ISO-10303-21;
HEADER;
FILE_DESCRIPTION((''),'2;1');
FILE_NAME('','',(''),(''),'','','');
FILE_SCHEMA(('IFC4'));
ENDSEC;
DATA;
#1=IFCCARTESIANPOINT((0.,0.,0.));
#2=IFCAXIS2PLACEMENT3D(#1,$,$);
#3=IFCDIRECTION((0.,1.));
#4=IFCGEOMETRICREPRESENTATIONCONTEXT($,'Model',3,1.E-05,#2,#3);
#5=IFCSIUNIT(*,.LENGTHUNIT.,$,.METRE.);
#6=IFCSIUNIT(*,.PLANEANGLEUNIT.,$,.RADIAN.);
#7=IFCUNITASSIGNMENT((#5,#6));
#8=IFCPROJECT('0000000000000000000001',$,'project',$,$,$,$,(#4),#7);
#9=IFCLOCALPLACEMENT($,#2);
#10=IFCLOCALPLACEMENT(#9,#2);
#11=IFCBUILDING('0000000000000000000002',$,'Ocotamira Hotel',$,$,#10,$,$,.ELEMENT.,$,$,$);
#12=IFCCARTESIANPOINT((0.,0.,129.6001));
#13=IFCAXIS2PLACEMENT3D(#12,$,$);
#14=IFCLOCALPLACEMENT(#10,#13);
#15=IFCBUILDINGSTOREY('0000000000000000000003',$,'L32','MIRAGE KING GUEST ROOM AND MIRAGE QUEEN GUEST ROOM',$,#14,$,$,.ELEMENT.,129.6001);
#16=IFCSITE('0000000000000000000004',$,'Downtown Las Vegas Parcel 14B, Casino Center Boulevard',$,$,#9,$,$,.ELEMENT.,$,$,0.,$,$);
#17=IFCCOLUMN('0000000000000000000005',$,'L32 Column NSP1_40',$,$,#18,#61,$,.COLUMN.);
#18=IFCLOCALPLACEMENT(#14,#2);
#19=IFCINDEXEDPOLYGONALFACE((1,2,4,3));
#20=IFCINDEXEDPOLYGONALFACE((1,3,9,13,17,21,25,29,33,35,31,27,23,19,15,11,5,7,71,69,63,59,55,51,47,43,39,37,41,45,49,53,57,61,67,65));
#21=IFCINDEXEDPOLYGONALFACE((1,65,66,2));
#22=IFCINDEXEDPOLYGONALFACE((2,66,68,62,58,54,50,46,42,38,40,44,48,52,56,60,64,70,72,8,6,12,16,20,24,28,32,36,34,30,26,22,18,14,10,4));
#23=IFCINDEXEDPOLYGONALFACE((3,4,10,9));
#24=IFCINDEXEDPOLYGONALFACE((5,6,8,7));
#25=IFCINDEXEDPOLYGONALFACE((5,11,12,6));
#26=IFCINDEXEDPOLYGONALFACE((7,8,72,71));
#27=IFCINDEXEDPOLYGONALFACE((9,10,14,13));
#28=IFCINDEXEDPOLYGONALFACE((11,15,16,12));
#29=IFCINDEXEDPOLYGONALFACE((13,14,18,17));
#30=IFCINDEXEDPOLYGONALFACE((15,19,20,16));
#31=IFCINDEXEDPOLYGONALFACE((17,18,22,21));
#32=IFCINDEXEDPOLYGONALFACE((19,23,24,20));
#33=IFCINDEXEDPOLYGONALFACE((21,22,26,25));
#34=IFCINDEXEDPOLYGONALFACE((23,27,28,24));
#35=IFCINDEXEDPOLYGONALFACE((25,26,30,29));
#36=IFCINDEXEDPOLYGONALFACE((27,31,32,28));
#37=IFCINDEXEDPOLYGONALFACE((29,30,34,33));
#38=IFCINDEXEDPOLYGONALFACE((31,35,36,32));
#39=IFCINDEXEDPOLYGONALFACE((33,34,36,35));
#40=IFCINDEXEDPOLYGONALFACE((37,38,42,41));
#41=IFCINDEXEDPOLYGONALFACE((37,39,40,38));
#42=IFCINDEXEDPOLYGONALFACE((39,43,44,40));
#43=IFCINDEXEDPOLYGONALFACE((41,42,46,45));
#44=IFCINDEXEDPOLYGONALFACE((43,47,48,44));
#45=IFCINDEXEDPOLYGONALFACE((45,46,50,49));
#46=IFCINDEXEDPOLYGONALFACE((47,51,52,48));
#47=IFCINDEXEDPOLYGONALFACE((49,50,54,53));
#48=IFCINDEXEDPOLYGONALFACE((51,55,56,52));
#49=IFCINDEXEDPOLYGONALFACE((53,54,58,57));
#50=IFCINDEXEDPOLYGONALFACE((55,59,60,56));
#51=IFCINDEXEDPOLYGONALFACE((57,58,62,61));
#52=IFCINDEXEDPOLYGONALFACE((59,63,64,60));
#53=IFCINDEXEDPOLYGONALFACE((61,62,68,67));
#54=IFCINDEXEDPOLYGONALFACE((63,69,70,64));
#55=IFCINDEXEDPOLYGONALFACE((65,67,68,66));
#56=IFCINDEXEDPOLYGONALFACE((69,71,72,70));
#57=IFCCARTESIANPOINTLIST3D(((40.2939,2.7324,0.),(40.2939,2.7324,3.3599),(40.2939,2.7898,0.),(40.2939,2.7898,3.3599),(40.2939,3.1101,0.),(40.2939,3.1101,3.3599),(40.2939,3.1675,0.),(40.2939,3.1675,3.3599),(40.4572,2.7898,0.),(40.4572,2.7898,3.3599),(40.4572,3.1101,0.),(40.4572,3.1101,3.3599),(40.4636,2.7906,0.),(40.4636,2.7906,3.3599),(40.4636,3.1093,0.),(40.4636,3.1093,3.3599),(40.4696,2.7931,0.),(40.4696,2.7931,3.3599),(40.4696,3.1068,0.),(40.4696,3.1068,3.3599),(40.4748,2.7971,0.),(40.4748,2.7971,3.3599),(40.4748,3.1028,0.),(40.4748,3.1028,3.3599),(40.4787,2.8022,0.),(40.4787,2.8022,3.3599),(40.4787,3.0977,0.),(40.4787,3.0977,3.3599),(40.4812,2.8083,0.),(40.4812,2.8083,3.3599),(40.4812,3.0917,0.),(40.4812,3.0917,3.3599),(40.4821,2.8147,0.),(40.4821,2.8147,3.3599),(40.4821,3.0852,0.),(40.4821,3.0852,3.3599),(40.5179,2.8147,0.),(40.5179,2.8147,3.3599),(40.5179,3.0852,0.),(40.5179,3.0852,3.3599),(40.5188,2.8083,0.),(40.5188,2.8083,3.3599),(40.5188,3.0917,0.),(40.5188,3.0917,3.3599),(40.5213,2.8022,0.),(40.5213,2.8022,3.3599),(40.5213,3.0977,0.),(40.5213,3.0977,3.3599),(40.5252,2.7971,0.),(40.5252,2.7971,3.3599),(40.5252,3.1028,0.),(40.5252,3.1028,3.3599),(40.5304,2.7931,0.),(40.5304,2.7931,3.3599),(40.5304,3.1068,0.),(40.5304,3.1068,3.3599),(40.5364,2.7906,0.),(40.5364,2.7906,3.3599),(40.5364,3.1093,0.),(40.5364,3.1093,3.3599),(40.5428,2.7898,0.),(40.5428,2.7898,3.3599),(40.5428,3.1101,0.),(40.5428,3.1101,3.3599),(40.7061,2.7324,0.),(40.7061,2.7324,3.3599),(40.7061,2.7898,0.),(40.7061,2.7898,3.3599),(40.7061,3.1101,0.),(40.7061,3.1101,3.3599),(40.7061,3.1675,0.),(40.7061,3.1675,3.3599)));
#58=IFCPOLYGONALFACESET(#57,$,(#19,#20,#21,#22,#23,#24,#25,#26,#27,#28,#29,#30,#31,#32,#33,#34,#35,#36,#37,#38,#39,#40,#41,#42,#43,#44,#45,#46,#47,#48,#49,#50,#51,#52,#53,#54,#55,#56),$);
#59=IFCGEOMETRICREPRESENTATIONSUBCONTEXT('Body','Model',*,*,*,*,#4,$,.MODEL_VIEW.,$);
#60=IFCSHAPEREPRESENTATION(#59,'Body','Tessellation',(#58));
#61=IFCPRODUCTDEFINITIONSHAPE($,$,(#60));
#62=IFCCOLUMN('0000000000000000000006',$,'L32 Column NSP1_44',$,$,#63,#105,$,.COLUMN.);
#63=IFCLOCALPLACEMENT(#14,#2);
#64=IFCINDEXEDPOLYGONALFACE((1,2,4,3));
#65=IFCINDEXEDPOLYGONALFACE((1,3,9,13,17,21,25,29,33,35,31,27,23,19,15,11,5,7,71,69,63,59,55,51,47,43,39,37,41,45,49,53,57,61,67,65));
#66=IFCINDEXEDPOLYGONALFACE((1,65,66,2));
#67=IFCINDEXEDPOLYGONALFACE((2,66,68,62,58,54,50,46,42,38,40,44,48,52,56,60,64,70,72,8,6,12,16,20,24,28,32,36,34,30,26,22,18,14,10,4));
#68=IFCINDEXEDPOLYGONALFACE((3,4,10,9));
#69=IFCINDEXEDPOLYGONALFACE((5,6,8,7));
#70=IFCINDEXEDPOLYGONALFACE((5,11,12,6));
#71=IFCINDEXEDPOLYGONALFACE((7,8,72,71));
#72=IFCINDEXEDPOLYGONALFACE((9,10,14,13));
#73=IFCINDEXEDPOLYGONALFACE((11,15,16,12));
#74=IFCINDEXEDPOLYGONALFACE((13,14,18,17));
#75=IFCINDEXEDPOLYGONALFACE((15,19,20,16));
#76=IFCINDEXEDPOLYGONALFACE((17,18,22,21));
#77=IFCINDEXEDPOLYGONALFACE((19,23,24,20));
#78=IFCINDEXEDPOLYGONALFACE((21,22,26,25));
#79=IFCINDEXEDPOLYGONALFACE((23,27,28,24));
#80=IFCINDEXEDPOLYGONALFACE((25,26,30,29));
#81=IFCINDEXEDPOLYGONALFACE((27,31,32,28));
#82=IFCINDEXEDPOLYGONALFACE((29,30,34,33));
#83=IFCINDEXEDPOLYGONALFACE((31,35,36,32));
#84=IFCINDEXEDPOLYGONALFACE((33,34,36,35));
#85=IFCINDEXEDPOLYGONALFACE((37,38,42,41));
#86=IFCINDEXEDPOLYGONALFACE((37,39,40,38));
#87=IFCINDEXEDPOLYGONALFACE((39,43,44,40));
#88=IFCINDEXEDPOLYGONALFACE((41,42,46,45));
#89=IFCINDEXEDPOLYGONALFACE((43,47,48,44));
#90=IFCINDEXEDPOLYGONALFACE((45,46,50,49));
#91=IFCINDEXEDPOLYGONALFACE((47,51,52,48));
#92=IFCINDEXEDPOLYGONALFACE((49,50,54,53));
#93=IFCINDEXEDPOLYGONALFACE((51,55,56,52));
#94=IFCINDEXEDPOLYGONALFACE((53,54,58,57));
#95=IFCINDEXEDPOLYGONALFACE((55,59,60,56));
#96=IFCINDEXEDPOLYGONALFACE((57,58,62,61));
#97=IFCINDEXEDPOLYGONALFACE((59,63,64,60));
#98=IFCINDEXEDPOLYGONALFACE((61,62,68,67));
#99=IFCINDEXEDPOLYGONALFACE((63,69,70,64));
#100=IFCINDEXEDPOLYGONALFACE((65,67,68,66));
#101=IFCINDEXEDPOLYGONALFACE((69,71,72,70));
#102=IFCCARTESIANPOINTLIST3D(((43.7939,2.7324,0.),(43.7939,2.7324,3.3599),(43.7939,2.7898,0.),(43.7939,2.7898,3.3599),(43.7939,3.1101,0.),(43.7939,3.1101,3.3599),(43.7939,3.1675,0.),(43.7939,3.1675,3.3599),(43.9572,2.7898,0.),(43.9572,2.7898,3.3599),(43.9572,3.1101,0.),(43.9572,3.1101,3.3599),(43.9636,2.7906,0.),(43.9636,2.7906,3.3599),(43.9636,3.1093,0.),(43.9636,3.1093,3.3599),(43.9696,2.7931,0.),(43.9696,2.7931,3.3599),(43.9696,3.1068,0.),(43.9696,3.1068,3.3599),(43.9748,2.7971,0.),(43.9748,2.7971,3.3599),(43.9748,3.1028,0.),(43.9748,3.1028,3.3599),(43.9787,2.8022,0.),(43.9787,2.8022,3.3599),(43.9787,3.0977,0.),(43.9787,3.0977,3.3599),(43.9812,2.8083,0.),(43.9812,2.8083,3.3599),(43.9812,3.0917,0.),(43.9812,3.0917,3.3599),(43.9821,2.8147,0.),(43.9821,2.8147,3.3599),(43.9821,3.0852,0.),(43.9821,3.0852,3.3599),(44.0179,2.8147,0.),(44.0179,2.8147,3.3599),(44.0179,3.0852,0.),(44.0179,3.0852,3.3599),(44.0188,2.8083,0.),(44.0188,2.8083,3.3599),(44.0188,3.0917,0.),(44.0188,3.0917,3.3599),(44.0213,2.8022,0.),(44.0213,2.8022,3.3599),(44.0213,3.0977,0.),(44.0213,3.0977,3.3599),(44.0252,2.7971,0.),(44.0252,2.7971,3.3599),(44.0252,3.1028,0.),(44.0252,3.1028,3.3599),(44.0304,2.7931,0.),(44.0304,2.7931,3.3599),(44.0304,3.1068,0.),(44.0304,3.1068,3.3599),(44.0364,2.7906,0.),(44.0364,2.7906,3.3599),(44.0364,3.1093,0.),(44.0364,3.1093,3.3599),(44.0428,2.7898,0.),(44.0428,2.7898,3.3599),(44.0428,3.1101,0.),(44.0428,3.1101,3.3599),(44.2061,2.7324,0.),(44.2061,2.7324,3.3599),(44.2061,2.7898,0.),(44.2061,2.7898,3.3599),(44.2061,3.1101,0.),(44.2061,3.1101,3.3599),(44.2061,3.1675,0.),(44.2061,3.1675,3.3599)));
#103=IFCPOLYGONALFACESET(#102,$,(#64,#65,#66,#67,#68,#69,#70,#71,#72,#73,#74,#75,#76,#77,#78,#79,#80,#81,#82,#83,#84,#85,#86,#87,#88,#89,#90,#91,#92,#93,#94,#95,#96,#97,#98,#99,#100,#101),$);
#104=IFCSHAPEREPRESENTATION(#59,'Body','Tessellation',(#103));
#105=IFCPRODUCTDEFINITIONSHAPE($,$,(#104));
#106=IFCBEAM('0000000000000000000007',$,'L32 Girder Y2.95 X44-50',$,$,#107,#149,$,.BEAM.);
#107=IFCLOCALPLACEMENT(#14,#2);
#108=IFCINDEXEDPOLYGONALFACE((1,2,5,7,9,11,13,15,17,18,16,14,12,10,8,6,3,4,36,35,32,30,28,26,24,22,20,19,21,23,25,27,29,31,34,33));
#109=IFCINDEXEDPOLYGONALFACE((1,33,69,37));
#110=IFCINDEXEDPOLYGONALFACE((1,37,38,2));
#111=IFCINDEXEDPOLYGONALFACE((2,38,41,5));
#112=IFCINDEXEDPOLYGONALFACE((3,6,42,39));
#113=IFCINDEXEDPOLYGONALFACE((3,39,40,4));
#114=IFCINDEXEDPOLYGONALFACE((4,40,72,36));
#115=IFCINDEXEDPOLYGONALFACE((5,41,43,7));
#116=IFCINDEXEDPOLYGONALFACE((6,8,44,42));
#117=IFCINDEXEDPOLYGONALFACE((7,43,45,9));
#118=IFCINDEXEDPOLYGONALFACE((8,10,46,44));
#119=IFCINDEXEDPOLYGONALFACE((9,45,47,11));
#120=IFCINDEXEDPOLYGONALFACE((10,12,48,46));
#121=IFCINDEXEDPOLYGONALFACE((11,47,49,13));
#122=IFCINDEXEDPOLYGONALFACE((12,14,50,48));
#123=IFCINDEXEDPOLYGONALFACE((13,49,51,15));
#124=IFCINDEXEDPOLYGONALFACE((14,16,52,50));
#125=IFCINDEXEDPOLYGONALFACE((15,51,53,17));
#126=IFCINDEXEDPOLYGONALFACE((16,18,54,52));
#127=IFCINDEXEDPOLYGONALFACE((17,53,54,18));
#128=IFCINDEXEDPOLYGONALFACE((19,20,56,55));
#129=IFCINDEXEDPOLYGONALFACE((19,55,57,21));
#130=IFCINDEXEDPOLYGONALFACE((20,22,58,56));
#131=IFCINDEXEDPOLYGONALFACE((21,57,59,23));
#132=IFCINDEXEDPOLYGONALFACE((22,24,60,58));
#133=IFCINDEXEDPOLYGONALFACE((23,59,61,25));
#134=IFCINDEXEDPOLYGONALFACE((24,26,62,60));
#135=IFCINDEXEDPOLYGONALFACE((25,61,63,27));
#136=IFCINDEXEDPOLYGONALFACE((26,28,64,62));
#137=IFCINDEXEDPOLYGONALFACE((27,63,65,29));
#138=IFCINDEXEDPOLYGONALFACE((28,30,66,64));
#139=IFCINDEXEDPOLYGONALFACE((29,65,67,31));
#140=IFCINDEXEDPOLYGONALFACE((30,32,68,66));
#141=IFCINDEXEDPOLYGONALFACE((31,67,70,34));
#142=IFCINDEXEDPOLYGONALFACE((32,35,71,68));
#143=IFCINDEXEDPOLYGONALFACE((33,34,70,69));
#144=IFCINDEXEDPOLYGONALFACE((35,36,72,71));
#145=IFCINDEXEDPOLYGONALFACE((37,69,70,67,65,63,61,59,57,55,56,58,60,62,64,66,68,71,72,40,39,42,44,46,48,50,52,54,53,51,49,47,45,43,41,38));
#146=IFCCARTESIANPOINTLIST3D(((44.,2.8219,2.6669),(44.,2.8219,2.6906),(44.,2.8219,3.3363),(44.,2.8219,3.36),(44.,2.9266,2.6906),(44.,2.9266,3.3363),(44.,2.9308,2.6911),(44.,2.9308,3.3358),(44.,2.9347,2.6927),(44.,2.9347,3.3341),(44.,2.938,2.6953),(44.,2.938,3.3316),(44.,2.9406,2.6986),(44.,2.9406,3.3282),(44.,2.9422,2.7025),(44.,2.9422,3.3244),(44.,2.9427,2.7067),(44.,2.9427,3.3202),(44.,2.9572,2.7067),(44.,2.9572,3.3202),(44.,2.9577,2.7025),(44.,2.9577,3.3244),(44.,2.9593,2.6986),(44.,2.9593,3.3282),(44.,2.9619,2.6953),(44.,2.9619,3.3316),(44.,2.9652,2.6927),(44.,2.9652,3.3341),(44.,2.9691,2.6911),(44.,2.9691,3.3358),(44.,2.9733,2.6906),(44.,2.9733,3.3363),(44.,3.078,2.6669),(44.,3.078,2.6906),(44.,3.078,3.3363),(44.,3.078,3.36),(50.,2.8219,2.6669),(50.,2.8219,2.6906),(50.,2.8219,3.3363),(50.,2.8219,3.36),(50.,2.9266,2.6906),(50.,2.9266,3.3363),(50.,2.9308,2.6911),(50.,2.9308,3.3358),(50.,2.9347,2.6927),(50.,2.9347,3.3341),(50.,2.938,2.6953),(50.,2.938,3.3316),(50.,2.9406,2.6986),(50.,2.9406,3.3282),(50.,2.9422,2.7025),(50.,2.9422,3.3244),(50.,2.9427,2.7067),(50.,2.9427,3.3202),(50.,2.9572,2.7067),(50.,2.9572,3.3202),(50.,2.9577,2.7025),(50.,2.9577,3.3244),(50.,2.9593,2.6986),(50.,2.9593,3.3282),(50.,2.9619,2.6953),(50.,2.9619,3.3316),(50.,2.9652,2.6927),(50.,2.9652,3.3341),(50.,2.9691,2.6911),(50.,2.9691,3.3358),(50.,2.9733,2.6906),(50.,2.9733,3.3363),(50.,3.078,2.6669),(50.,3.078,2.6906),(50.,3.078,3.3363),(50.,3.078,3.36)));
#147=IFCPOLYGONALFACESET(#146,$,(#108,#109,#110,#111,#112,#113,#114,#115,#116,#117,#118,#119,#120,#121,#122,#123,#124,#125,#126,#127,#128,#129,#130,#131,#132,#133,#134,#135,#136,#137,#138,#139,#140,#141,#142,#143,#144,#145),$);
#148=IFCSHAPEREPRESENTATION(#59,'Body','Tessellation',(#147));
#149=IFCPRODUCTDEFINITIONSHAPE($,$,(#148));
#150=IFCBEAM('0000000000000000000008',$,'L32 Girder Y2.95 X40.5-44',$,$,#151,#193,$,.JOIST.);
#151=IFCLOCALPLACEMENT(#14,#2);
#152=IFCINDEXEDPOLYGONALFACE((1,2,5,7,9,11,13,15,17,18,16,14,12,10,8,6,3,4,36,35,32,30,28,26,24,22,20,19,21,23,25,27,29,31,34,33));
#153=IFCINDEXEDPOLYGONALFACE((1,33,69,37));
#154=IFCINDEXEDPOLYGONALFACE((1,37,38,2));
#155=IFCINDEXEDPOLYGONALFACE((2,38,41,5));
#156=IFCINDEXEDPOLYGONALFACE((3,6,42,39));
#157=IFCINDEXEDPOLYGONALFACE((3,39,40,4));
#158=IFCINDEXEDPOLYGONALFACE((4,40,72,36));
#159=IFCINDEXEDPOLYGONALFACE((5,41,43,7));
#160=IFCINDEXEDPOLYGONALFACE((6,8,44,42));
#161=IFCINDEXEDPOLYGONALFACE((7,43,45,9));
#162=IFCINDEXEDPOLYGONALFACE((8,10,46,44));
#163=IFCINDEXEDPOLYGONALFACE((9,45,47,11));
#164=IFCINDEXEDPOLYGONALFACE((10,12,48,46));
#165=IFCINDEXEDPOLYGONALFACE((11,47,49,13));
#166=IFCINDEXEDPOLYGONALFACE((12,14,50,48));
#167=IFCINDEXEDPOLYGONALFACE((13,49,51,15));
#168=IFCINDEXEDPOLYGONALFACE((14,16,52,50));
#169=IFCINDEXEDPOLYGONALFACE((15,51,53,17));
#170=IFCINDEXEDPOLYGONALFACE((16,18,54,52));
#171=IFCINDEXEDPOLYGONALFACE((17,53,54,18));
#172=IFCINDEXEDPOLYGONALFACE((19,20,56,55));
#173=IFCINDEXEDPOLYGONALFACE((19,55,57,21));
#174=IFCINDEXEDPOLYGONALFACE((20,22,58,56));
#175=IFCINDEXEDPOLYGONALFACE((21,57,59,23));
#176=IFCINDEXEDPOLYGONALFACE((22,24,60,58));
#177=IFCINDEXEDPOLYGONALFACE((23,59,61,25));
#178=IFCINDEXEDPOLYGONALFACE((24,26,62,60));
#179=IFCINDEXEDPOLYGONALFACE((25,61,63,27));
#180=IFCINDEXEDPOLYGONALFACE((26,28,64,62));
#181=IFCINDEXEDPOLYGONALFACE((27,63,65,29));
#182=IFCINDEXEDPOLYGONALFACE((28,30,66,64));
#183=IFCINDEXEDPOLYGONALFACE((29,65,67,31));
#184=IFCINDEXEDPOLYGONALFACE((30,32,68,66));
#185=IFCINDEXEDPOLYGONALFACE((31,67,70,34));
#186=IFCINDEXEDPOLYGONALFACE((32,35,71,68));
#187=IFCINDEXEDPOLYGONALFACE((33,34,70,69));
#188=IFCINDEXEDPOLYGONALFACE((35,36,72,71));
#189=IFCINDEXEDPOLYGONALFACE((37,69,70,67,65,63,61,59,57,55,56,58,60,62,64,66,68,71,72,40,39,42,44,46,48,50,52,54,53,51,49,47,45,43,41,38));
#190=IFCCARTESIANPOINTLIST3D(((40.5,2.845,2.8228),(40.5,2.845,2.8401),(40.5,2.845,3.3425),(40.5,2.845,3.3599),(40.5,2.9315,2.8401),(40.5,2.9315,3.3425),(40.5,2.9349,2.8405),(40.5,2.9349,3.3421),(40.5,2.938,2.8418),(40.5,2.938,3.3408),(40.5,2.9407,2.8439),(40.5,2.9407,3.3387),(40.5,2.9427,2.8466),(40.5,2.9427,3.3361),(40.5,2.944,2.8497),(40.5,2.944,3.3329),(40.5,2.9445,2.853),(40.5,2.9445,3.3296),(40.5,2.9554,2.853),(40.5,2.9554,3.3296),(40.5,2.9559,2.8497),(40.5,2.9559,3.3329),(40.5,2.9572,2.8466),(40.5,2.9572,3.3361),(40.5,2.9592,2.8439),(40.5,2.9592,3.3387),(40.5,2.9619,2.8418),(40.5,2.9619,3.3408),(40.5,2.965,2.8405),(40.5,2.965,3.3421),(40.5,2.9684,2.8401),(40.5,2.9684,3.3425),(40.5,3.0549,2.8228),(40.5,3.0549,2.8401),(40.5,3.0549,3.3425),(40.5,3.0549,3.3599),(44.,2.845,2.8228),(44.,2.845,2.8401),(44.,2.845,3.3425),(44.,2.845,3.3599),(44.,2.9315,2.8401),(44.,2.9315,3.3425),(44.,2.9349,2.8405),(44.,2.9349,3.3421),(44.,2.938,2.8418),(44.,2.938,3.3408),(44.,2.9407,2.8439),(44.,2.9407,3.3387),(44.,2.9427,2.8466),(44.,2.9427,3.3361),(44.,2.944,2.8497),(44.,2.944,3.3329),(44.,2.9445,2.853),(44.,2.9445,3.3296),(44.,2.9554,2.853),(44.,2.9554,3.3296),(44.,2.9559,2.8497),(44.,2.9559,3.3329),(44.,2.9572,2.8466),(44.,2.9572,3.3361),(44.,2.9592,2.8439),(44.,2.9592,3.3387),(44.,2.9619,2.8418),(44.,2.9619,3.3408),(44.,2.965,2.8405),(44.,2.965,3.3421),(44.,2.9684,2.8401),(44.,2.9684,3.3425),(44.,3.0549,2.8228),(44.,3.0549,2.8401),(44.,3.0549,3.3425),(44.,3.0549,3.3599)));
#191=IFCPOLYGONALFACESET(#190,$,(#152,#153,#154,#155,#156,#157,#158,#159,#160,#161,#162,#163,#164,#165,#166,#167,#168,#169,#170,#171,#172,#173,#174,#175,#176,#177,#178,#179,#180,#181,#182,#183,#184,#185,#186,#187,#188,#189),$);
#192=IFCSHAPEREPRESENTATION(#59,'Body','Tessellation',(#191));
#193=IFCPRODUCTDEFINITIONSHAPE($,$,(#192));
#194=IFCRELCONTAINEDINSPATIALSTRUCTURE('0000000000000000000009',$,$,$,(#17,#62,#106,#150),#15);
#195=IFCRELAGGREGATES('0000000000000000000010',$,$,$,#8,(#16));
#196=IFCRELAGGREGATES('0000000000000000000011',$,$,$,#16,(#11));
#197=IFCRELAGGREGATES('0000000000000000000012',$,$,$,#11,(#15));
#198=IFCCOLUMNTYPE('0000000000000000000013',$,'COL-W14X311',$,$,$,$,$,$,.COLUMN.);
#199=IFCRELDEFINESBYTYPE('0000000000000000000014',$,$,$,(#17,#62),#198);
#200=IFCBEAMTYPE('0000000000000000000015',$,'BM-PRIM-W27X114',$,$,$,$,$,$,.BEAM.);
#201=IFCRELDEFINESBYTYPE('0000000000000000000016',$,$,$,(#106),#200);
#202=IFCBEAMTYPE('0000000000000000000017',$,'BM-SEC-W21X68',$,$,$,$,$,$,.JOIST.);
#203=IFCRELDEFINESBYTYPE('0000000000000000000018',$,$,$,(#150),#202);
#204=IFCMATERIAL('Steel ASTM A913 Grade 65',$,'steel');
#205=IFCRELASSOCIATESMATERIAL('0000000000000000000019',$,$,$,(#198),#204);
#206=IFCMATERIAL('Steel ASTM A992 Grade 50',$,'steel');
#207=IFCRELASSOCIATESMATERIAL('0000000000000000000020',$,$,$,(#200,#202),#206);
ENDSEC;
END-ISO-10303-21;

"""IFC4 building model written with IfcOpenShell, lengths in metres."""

from ifc_helpers import new_model, si_unit, direction, frame, origin, origin_2d, place, context, subcontext, project, spatial, i_section, extrude, source, transform, mapped, material, material_profile, profile_set, type_object, element, save


model = new_model("IFC4")

# Units and contexts
model_context = context("Model", 3, precision=1e-05, world=origin(), true_north=direction((0.0, 1.0)))
body_context = subcontext(model_context, "Body", "Model", "MODEL_VIEW")
ifc_project = project(units=[si_unit("LENGTHUNIT", "METRE"), si_unit("PLANEANGLEUNIT", "RADIAN")], contexts=[model_context])

# Site, building, storey
site_placement = place(None, origin())
site = spatial("IfcSite", under=ifc_project, at=site_placement, Name="Downtown Las Vegas Parcel 14B, Casino Center Boulevard", CompositionType="ELEMENT", RefElevation=0.0)
building_placement = place(site_placement, origin())
building = spatial("IfcBuilding", under=site, at=building_placement, Name="Ocotamira Hotel", CompositionType="ELEMENT")
storey_placement = place(building_placement, frame((0.0, 0.0, 129.6001)))
storey = spatial("IfcBuildingStorey", under=building, at=storey_placement, Name="L32", Description="MIRAGE KING GUEST ROOM AND MIRAGE QUEEN GUEST ROOM", CompositionType="ELEMENT", Elevation=129.6001)

# Columns
ifc_material_1 = material(Name="Steel ASTM A913 Grade 65", Category="steel")
ifc_material_profile_1 = material_profile(ifc_material_1, i_section(OverallWidth=0.4121, OverallDepth=0.4351, WebThickness=0.0359, FlangeThickness=0.0574, FilletRadius=0.0249, at=origin_2d()), Name="W14X311")
ifc_profile_set_1 = profile_set([ifc_material_profile_1], Name="Steel ASTM A913 Grade 65")
column_type = type_object("IfcColumnType", Name="COL-W14X311", PredefinedType="COLUMN", material=ifc_profile_set_1)
shared_shape_1 = source(origin(), body_context, "Body", "SweptSolid", [
    extrude(i_section(OverallWidth=0.4121, OverallDepth=0.4351, WebThickness=0.0359, FlangeThickness=0.0574, FilletRadius=0.0249, at=origin_2d()), origin(), (0.0, 0.0, 1.0), 3.3599),
])
for number, where, z_axis, x_axis, name in (
    (1, (40.5, 2.95, 0.0), (0.0, 0.0, 1.0), (1.0, 0.0, 0.0), "L32 Column NSP1_40"),
    (2, (44.0, 2.95, 0.0), (0.0, 0.0, 1.0), (1.0, 0.0, 0.0), "L32 Column NSP1_44"),
):
    element("IfcColumn", number, at=place(storey_placement, frame(where, z_axis=z_axis, x_axis=x_axis)), inside=storey, type_object=column_type, Name=name, PredefinedType="COLUMN", context=body_context, shape_type="MappedRepresentation", body=[
        mapped(shared_shape_1, transform((0.0, 0.0, 0.0), scale=1.0)),
    ])

# Beams
ifc_material_2 = material(Name="Steel ASTM A992 Grade 50", Category="steel")
ifc_material_profile_2 = material_profile(ifc_material_2, i_section(OverallWidth=0.2561, OverallDepth=0.6931, WebThickness=0.0144, FlangeThickness=0.0237, FilletRadius=0.0161, at=origin_2d()), Name="W27X114")
ifc_profile_set_2 = profile_set([ifc_material_profile_2], Name="Steel ASTM A992 Grade 50")
beam_type_1 = type_object("IfcBeamType", Name="BM-PRIM-W27X114", PredefinedType="BEAM", material=ifc_profile_set_2)
shared_shape_2 = source(origin(), body_context, "Body", "SweptSolid", [
    extrude(i_section(OverallWidth=0.2561, OverallDepth=0.6931, WebThickness=0.0144, FlangeThickness=0.0237, FilletRadius=0.0161, at=origin_2d()), origin(), (0.0, 0.0, 1.0), 6.0),
])
beam_1_placement = place(storey_placement, frame((44.0, 2.95, 3.0134), z_axis=(1.0, 0.0, 0.0), x_axis=(0.0, 1.0, 0.0)))
element("IfcBeam", 3, at=beam_1_placement, inside=storey, type_object=beam_type_1, Name="L32 Girder Y2.95 X44-50", PredefinedType="BEAM", context=body_context, shape_type="MappedRepresentation", body=[
    mapped(shared_shape_2, transform((0.0, 0.0, 0.0), scale=1.0)),
])
ifc_material_profile_3 = material_profile(ifc_material_2, i_section(OverallWidth=0.21, OverallDepth=0.5371, WebThickness=0.011, FlangeThickness=0.0173, FilletRadius=0.0129, at=origin_2d()), Name="W21X68")
ifc_profile_set_3 = profile_set([ifc_material_profile_3], Name="Steel ASTM A992 Grade 50")
beam_type_2 = type_object("IfcBeamType", Name="BM-SEC-W21X68", PredefinedType="JOIST", material=ifc_profile_set_3)
shared_shape_3 = source(origin(), body_context, "Body", "SweptSolid", [
    extrude(i_section(OverallWidth=0.21, OverallDepth=0.5371, WebThickness=0.011, FlangeThickness=0.0173, FilletRadius=0.0129, at=origin_2d()), origin(), (0.0, 0.0, 1.0), 3.5),
])
beam_2_placement = place(storey_placement, frame((40.5, 2.95, 3.0913), z_axis=(1.0, 0.0, 0.0), x_axis=(0.0, 1.0, 0.0)))
element("IfcBeam", 4, at=beam_2_placement, inside=storey, type_object=beam_type_2, Name="L32 Girder Y2.95 X40.5-44", PredefinedType="JOIST", context=body_context, shape_type="MappedRepresentation", body=[
    mapped(shared_shape_3, transform((0.0, 0.0, 0.0), scale=1.0)),
])

save(model, "model.ifc")
